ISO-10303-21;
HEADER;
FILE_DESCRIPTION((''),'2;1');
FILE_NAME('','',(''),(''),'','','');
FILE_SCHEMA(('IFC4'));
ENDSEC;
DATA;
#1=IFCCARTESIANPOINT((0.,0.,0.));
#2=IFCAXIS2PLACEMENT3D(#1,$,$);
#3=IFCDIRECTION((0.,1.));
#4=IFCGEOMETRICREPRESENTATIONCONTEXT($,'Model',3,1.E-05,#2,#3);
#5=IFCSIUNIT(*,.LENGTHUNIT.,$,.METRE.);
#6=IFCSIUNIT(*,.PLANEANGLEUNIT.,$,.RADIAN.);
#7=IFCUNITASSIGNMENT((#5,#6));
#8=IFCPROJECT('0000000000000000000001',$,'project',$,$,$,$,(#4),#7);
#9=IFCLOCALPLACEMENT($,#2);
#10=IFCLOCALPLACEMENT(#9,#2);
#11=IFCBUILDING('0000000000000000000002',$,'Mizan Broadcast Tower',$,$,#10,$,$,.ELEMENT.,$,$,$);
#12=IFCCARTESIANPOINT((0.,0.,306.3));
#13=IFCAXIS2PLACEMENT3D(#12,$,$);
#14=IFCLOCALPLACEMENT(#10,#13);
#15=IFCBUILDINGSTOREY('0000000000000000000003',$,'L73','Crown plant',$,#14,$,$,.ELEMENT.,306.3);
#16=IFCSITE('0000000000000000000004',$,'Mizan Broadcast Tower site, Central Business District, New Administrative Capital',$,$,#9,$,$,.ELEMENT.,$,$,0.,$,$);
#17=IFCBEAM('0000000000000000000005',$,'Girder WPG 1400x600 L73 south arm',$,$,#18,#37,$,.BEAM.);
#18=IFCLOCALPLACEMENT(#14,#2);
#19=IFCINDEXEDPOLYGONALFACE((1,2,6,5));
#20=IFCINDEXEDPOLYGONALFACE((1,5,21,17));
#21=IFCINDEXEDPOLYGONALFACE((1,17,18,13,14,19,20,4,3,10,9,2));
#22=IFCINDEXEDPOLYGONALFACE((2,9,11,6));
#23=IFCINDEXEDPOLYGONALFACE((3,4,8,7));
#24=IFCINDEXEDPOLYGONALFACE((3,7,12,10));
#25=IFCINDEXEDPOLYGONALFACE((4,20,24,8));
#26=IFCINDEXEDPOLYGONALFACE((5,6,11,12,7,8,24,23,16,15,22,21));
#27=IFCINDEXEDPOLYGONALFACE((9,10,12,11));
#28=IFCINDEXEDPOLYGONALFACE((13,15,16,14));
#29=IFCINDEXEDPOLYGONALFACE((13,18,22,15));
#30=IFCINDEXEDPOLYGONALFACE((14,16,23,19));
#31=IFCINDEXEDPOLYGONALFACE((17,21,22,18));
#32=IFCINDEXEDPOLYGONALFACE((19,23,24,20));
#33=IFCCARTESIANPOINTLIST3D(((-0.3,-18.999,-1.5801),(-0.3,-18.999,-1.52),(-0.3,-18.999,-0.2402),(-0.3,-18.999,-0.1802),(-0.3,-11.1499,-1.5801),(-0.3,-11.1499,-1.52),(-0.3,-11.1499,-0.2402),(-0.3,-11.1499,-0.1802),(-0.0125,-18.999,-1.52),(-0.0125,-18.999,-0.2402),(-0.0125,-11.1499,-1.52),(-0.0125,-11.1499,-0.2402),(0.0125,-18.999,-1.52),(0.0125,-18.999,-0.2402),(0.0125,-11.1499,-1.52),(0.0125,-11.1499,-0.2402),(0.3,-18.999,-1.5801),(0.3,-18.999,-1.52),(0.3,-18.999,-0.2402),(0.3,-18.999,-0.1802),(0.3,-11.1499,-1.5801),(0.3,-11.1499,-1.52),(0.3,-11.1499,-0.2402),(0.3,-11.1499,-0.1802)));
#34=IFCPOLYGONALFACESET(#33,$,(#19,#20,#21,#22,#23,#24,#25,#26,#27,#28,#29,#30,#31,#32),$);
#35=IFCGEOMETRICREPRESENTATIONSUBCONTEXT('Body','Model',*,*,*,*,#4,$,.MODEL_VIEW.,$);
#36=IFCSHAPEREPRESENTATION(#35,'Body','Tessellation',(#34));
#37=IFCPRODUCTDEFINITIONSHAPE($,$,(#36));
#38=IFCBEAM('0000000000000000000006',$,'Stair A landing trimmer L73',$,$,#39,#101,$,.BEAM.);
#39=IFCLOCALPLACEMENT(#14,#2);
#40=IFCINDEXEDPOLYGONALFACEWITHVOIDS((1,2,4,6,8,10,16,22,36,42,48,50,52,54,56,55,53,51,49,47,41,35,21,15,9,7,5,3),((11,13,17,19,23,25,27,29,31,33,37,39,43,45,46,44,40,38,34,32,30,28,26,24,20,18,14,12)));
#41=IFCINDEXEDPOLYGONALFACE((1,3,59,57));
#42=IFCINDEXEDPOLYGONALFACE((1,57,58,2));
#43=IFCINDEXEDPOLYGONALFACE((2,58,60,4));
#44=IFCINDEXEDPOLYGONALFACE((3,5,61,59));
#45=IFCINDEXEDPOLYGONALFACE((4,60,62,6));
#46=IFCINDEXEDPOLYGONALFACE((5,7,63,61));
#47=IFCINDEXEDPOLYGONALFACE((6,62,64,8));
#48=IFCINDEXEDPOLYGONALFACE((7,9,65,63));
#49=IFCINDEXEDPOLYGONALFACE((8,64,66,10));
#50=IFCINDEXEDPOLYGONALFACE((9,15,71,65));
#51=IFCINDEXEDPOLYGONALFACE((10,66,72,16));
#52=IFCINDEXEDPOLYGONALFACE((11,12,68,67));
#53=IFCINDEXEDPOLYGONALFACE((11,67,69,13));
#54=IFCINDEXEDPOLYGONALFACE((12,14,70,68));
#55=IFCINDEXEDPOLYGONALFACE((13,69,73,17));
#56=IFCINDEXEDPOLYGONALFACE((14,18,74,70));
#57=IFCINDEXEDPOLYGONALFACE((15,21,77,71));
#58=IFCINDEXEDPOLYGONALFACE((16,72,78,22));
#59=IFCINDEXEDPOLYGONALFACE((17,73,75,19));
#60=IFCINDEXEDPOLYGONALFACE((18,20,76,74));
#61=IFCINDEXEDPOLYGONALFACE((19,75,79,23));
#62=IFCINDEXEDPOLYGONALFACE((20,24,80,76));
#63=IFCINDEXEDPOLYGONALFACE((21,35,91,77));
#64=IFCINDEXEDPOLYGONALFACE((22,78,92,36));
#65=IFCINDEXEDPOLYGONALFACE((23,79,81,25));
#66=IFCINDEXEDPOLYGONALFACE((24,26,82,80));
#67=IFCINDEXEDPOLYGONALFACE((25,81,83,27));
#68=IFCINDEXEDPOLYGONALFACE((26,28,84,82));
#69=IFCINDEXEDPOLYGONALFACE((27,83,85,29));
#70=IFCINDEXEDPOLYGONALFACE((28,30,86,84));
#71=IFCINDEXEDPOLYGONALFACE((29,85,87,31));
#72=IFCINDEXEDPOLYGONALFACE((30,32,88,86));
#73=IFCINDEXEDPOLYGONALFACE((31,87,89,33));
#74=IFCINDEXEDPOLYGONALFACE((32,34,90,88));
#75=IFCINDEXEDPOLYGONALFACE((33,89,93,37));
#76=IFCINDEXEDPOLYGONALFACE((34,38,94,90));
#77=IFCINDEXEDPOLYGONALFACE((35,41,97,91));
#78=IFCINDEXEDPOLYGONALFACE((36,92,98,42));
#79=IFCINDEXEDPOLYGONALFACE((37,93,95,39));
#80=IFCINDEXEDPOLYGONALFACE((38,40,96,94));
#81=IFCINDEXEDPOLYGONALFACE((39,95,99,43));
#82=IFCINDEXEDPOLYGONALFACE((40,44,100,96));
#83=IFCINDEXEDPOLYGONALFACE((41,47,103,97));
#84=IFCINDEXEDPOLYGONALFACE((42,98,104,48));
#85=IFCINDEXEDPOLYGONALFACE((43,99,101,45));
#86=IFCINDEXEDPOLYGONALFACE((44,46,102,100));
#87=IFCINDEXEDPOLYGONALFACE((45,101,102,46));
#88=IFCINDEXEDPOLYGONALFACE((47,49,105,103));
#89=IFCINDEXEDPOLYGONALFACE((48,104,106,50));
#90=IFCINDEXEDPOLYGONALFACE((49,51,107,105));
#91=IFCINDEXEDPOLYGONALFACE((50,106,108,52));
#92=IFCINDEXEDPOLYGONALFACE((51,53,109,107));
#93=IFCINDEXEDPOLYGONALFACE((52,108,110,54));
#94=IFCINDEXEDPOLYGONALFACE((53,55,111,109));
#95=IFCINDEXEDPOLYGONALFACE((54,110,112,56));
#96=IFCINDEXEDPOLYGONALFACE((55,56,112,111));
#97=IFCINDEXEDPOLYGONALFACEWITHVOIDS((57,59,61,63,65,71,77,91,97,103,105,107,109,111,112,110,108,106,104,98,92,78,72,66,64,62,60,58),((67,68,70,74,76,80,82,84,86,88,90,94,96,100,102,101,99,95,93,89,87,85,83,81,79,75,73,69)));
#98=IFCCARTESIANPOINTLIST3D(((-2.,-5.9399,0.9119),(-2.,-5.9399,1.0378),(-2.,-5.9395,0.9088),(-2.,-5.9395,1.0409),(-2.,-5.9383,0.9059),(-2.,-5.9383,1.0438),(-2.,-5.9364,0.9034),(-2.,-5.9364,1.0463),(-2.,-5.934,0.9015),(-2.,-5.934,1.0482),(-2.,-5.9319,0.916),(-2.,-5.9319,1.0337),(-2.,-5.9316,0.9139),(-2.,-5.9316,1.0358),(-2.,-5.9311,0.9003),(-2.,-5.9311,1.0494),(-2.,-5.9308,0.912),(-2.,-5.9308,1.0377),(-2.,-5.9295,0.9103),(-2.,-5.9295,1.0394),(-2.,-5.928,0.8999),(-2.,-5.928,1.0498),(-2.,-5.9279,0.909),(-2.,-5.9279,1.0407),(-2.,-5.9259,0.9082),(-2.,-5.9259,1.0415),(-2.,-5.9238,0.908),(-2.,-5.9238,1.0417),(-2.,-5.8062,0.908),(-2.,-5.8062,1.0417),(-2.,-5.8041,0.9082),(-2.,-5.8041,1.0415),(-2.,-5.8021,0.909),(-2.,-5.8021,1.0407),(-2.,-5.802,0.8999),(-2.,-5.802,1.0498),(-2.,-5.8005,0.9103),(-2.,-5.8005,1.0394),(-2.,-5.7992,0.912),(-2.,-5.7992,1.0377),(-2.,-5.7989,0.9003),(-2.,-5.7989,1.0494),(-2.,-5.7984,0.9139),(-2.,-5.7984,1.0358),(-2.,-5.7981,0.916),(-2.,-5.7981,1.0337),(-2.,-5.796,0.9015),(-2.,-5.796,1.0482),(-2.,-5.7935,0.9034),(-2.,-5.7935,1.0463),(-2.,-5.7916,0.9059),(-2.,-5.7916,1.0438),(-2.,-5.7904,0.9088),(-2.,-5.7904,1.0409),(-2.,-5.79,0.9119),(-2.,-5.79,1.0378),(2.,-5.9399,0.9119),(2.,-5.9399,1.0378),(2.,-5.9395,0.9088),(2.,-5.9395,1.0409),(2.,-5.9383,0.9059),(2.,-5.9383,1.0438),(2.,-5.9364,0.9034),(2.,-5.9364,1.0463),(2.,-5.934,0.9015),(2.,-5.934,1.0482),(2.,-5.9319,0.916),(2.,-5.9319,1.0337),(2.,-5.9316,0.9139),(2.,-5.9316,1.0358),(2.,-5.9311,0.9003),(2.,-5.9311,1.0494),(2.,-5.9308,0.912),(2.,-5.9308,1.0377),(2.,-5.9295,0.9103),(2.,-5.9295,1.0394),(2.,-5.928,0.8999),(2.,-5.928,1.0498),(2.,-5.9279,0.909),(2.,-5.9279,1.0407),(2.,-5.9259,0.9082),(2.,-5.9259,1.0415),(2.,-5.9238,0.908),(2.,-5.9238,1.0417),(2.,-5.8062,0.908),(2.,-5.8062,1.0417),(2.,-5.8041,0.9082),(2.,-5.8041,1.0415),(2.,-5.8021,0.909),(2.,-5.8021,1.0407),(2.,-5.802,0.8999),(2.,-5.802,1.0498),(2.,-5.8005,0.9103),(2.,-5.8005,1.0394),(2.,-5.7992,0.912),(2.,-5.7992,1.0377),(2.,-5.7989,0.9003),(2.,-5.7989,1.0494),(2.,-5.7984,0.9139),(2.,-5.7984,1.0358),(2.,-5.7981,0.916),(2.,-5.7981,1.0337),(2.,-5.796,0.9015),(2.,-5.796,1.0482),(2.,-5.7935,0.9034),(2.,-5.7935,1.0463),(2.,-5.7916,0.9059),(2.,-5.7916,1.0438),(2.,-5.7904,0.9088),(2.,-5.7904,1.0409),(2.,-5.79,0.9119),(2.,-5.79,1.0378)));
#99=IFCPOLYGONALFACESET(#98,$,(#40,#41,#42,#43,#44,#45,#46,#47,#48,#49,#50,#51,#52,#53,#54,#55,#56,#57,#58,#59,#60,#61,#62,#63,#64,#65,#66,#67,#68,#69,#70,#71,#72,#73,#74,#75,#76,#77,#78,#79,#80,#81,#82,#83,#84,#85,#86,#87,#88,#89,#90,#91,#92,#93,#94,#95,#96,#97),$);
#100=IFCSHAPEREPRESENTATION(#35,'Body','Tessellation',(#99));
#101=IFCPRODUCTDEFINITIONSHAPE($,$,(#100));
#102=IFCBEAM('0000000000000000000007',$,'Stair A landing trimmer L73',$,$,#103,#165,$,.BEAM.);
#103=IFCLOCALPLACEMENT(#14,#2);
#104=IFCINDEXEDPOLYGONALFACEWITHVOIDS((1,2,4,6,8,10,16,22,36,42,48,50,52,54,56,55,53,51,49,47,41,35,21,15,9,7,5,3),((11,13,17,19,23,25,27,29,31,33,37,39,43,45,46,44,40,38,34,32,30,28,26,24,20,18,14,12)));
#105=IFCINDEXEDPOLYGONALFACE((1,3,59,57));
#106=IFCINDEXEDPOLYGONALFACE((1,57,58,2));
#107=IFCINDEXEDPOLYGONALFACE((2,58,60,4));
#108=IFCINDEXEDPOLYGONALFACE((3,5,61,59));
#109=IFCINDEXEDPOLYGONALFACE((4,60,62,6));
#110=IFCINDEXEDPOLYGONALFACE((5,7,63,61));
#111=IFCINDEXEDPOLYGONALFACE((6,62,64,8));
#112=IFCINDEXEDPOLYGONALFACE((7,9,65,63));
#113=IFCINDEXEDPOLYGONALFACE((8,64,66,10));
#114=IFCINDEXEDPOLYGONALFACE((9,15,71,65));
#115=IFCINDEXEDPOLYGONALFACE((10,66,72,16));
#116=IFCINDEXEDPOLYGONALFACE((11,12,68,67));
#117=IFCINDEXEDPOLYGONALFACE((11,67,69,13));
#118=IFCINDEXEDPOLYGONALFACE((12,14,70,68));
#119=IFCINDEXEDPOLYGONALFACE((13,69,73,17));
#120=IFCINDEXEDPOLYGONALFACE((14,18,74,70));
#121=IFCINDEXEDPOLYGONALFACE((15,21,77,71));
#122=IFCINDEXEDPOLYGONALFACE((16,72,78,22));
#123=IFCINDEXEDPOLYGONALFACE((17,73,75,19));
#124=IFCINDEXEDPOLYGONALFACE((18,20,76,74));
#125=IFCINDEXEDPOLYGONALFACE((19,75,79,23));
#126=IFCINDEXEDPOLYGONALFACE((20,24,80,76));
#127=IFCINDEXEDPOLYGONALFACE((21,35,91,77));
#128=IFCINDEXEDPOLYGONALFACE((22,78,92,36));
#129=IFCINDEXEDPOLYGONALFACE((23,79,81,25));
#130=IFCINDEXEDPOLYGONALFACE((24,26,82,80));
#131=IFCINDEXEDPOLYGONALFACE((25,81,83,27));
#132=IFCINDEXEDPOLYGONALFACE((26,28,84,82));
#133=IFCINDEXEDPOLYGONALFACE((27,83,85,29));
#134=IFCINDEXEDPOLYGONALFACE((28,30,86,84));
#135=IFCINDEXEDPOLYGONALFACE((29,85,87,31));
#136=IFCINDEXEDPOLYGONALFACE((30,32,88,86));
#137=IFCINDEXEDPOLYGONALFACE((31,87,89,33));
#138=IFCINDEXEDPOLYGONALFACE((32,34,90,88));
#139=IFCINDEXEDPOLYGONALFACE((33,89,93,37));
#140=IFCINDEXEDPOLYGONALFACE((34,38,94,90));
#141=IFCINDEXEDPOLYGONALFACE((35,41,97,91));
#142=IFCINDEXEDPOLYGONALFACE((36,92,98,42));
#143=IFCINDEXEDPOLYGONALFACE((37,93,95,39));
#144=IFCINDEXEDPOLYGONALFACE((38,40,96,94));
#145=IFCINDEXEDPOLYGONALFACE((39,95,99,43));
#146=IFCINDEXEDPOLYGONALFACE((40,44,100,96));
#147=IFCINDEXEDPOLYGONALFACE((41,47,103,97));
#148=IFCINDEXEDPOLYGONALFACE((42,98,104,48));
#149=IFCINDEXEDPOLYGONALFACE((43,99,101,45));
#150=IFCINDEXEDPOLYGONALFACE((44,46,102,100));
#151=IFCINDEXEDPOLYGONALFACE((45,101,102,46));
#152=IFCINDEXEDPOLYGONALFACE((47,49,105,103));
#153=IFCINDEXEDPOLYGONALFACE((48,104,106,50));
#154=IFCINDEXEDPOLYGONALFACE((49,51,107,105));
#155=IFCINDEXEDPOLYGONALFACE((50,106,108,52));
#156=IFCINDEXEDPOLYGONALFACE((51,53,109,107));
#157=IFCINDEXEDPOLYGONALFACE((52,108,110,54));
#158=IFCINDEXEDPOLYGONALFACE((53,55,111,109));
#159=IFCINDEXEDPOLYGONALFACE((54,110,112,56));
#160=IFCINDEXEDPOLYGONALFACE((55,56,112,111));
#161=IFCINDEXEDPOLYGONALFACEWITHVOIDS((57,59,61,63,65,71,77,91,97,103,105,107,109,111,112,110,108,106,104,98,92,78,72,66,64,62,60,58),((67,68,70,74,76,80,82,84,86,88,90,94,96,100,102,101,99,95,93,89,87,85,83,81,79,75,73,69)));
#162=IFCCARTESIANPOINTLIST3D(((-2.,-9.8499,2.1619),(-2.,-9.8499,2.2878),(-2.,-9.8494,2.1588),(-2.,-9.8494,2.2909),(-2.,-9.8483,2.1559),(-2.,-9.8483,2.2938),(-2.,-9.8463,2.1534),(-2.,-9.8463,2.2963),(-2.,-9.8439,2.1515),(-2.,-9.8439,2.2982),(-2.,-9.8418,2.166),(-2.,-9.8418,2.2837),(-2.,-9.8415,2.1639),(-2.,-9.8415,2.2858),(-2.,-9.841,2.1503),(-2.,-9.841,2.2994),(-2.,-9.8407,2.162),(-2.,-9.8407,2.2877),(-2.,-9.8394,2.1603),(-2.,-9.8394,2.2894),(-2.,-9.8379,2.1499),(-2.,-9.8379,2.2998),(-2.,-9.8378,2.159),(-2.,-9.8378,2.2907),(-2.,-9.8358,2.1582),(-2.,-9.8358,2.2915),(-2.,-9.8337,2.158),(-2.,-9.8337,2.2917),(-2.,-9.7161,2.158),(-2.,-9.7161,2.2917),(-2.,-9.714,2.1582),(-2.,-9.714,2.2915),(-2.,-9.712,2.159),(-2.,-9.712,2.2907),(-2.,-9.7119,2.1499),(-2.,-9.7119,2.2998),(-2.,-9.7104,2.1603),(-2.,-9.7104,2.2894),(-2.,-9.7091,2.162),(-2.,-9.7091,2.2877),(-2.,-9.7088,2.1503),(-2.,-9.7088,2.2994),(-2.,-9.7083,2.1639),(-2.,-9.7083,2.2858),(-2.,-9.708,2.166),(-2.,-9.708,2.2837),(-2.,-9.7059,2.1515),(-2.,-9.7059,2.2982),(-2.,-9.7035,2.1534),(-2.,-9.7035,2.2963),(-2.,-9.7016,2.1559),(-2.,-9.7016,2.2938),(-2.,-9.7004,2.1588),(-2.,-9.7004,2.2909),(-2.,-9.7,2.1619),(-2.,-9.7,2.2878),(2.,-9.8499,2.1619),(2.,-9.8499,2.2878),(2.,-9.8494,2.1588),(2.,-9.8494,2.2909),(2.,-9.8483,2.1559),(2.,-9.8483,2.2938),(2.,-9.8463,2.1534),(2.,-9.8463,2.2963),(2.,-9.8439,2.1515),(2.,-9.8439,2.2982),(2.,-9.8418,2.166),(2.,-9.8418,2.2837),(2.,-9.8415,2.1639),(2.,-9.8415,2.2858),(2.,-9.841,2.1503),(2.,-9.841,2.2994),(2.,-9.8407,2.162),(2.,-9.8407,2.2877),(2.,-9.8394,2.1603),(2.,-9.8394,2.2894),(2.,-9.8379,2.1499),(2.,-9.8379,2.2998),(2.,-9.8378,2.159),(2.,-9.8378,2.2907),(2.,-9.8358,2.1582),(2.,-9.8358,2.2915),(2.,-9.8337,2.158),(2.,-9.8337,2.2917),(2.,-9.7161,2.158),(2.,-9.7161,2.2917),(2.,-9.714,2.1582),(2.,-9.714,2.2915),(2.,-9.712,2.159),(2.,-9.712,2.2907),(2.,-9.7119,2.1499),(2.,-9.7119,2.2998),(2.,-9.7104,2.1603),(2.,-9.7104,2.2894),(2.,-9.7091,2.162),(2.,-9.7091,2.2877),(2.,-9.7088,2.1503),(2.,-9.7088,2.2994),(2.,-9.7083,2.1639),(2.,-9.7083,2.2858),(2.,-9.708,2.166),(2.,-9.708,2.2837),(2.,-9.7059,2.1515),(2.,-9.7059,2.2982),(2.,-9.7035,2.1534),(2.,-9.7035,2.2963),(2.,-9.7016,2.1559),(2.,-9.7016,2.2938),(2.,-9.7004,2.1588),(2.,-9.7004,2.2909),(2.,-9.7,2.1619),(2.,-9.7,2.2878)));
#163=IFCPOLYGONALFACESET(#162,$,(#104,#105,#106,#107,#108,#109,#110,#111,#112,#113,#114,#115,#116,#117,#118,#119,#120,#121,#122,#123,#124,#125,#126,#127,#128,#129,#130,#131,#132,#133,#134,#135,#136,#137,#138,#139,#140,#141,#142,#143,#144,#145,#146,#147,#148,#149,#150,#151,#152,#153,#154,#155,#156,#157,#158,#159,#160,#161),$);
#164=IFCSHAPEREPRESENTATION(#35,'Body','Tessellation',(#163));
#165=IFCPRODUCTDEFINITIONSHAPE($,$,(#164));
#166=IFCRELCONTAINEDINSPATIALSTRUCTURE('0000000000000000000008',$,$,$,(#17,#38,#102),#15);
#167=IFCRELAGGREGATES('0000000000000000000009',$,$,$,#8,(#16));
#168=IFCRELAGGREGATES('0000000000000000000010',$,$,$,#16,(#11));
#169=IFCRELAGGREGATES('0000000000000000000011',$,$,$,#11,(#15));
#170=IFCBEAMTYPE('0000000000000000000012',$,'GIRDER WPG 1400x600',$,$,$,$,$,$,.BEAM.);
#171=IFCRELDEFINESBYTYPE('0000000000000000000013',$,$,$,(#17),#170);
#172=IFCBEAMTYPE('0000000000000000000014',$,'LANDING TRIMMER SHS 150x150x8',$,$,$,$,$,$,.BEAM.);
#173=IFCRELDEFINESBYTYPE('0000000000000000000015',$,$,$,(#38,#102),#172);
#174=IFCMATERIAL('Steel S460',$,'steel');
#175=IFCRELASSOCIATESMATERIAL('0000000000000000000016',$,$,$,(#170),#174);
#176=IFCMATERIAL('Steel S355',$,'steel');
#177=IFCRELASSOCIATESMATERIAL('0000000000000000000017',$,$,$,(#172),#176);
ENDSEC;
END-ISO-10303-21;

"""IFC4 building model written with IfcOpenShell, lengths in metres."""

from ifc_helpers import new_model, si_unit, direction, frame, origin, origin_2d, place, context, subcontext, project, spatial, hollow_rectangle, i_section, extrude, material, material_profile, profile_set, type_object, element, save


model = new_model("IFC4")

# Units and contexts
model_context = context("Model", 3, precision=1e-05, world=origin(), true_north=direction((0.0, 1.0)))
body_context = subcontext(model_context, "Body", "Model", "MODEL_VIEW")
ifc_project = project(units=[si_unit("LENGTHUNIT", "METRE"), si_unit("PLANEANGLEUNIT", "RADIAN")], contexts=[model_context])

# Site, building, storey
site_placement = place(None, origin())
site = spatial("IfcSite", under=ifc_project, at=site_placement, Name="Mizan Broadcast Tower site, Central Business District, New Administrative Capital", CompositionType="ELEMENT", RefElevation=0.0)
building_placement = place(site_placement, origin())
building = spatial("IfcBuilding", under=site, at=building_placement, Name="Mizan Broadcast Tower", CompositionType="ELEMENT")
storey_placement = place(building_placement, frame((0.0, 0.0, 306.3)))
storey = spatial("IfcBuildingStorey", under=building, at=storey_placement, Name="L73", Description="Crown plant", CompositionType="ELEMENT", Elevation=306.3)

# Beams
ifc_material_1 = material(Name="Steel S460", Category="steel")
ifc_material_profile_1 = material_profile(ifc_material_1, i_section(OverallWidth=0.6001, OverallDepth=1.3999, WebThickness=0.0249, FlangeThickness=0.0601, at=origin_2d()), Name="WPG 1400x600")
ifc_profile_set_1 = profile_set([ifc_material_profile_1], Name="Steel S460")
beam_type_1 = type_object("IfcBeamType", Name="GIRDER WPG 1400x600", PredefinedType="BEAM", material=ifc_profile_set_1)
beam_placement = place(storey_placement, frame((0.0, -11.1499, -0.8801), z_axis=(0.0, -1.0, 0.0), x_axis=(1.0, 0.0, 0.0)))
element("IfcBeam", 1, at=beam_placement, inside=storey, type_object=beam_type_1, Name="Girder WPG 1400x600 L73 south arm", PredefinedType="BEAM", context=body_context, shape_type="SweptSolid", body=[
    extrude(i_section(OverallWidth=0.6001, OverallDepth=1.3999, WebThickness=0.0249, FlangeThickness=0.0601, at=origin_2d()), origin(), (0.0, 0.0, 1.0), 7.8491),
])
ifc_material_2 = material(Name="Steel S355", Category="steel")
ifc_material_profile_2 = material_profile(ifc_material_2, hollow_rectangle(XDim=0.1499, YDim=0.1499, WallThickness=0.0081, InnerFilletRadius=0.0081, OuterFilletRadius=0.012, at=origin_2d()), Name="SHS 150x150x8")
ifc_profile_set_2 = profile_set([ifc_material_profile_2], Name="Steel S355")
beam_type_2 = type_object("IfcBeamType", Name="LANDING TRIMMER SHS 150x150x8", PredefinedType="BEAM", material=ifc_profile_set_2)
for number, where, z_axis, x_axis, name in (
    (2, (-2.0, -5.865, 0.9749), (1.0, 0.0, 0.0), (0.0, 1.0, 0.0), "Stair A landing trimmer L73"),
    (3, (-2.0, -9.7749, 2.2249), (1.0, 0.0, 0.0), (0.0, 1.0, 0.0), "Stair A landing trimmer L73"),
):
    element("IfcBeam", number, at=place(storey_placement, frame(where, z_axis=z_axis, x_axis=x_axis)), inside=storey, type_object=beam_type_2, Name=name, PredefinedType="BEAM", context=body_context, shape_type="SweptSolid", body=[
        extrude(hollow_rectangle(XDim=0.1499, YDim=0.1499, WallThickness=0.0081, InnerFilletRadius=0.0081, OuterFilletRadius=0.012, at=origin_2d()), origin(), (0.0, 0.0, 1.0), 4.0),
    ])

save(model, "model.ifc")
